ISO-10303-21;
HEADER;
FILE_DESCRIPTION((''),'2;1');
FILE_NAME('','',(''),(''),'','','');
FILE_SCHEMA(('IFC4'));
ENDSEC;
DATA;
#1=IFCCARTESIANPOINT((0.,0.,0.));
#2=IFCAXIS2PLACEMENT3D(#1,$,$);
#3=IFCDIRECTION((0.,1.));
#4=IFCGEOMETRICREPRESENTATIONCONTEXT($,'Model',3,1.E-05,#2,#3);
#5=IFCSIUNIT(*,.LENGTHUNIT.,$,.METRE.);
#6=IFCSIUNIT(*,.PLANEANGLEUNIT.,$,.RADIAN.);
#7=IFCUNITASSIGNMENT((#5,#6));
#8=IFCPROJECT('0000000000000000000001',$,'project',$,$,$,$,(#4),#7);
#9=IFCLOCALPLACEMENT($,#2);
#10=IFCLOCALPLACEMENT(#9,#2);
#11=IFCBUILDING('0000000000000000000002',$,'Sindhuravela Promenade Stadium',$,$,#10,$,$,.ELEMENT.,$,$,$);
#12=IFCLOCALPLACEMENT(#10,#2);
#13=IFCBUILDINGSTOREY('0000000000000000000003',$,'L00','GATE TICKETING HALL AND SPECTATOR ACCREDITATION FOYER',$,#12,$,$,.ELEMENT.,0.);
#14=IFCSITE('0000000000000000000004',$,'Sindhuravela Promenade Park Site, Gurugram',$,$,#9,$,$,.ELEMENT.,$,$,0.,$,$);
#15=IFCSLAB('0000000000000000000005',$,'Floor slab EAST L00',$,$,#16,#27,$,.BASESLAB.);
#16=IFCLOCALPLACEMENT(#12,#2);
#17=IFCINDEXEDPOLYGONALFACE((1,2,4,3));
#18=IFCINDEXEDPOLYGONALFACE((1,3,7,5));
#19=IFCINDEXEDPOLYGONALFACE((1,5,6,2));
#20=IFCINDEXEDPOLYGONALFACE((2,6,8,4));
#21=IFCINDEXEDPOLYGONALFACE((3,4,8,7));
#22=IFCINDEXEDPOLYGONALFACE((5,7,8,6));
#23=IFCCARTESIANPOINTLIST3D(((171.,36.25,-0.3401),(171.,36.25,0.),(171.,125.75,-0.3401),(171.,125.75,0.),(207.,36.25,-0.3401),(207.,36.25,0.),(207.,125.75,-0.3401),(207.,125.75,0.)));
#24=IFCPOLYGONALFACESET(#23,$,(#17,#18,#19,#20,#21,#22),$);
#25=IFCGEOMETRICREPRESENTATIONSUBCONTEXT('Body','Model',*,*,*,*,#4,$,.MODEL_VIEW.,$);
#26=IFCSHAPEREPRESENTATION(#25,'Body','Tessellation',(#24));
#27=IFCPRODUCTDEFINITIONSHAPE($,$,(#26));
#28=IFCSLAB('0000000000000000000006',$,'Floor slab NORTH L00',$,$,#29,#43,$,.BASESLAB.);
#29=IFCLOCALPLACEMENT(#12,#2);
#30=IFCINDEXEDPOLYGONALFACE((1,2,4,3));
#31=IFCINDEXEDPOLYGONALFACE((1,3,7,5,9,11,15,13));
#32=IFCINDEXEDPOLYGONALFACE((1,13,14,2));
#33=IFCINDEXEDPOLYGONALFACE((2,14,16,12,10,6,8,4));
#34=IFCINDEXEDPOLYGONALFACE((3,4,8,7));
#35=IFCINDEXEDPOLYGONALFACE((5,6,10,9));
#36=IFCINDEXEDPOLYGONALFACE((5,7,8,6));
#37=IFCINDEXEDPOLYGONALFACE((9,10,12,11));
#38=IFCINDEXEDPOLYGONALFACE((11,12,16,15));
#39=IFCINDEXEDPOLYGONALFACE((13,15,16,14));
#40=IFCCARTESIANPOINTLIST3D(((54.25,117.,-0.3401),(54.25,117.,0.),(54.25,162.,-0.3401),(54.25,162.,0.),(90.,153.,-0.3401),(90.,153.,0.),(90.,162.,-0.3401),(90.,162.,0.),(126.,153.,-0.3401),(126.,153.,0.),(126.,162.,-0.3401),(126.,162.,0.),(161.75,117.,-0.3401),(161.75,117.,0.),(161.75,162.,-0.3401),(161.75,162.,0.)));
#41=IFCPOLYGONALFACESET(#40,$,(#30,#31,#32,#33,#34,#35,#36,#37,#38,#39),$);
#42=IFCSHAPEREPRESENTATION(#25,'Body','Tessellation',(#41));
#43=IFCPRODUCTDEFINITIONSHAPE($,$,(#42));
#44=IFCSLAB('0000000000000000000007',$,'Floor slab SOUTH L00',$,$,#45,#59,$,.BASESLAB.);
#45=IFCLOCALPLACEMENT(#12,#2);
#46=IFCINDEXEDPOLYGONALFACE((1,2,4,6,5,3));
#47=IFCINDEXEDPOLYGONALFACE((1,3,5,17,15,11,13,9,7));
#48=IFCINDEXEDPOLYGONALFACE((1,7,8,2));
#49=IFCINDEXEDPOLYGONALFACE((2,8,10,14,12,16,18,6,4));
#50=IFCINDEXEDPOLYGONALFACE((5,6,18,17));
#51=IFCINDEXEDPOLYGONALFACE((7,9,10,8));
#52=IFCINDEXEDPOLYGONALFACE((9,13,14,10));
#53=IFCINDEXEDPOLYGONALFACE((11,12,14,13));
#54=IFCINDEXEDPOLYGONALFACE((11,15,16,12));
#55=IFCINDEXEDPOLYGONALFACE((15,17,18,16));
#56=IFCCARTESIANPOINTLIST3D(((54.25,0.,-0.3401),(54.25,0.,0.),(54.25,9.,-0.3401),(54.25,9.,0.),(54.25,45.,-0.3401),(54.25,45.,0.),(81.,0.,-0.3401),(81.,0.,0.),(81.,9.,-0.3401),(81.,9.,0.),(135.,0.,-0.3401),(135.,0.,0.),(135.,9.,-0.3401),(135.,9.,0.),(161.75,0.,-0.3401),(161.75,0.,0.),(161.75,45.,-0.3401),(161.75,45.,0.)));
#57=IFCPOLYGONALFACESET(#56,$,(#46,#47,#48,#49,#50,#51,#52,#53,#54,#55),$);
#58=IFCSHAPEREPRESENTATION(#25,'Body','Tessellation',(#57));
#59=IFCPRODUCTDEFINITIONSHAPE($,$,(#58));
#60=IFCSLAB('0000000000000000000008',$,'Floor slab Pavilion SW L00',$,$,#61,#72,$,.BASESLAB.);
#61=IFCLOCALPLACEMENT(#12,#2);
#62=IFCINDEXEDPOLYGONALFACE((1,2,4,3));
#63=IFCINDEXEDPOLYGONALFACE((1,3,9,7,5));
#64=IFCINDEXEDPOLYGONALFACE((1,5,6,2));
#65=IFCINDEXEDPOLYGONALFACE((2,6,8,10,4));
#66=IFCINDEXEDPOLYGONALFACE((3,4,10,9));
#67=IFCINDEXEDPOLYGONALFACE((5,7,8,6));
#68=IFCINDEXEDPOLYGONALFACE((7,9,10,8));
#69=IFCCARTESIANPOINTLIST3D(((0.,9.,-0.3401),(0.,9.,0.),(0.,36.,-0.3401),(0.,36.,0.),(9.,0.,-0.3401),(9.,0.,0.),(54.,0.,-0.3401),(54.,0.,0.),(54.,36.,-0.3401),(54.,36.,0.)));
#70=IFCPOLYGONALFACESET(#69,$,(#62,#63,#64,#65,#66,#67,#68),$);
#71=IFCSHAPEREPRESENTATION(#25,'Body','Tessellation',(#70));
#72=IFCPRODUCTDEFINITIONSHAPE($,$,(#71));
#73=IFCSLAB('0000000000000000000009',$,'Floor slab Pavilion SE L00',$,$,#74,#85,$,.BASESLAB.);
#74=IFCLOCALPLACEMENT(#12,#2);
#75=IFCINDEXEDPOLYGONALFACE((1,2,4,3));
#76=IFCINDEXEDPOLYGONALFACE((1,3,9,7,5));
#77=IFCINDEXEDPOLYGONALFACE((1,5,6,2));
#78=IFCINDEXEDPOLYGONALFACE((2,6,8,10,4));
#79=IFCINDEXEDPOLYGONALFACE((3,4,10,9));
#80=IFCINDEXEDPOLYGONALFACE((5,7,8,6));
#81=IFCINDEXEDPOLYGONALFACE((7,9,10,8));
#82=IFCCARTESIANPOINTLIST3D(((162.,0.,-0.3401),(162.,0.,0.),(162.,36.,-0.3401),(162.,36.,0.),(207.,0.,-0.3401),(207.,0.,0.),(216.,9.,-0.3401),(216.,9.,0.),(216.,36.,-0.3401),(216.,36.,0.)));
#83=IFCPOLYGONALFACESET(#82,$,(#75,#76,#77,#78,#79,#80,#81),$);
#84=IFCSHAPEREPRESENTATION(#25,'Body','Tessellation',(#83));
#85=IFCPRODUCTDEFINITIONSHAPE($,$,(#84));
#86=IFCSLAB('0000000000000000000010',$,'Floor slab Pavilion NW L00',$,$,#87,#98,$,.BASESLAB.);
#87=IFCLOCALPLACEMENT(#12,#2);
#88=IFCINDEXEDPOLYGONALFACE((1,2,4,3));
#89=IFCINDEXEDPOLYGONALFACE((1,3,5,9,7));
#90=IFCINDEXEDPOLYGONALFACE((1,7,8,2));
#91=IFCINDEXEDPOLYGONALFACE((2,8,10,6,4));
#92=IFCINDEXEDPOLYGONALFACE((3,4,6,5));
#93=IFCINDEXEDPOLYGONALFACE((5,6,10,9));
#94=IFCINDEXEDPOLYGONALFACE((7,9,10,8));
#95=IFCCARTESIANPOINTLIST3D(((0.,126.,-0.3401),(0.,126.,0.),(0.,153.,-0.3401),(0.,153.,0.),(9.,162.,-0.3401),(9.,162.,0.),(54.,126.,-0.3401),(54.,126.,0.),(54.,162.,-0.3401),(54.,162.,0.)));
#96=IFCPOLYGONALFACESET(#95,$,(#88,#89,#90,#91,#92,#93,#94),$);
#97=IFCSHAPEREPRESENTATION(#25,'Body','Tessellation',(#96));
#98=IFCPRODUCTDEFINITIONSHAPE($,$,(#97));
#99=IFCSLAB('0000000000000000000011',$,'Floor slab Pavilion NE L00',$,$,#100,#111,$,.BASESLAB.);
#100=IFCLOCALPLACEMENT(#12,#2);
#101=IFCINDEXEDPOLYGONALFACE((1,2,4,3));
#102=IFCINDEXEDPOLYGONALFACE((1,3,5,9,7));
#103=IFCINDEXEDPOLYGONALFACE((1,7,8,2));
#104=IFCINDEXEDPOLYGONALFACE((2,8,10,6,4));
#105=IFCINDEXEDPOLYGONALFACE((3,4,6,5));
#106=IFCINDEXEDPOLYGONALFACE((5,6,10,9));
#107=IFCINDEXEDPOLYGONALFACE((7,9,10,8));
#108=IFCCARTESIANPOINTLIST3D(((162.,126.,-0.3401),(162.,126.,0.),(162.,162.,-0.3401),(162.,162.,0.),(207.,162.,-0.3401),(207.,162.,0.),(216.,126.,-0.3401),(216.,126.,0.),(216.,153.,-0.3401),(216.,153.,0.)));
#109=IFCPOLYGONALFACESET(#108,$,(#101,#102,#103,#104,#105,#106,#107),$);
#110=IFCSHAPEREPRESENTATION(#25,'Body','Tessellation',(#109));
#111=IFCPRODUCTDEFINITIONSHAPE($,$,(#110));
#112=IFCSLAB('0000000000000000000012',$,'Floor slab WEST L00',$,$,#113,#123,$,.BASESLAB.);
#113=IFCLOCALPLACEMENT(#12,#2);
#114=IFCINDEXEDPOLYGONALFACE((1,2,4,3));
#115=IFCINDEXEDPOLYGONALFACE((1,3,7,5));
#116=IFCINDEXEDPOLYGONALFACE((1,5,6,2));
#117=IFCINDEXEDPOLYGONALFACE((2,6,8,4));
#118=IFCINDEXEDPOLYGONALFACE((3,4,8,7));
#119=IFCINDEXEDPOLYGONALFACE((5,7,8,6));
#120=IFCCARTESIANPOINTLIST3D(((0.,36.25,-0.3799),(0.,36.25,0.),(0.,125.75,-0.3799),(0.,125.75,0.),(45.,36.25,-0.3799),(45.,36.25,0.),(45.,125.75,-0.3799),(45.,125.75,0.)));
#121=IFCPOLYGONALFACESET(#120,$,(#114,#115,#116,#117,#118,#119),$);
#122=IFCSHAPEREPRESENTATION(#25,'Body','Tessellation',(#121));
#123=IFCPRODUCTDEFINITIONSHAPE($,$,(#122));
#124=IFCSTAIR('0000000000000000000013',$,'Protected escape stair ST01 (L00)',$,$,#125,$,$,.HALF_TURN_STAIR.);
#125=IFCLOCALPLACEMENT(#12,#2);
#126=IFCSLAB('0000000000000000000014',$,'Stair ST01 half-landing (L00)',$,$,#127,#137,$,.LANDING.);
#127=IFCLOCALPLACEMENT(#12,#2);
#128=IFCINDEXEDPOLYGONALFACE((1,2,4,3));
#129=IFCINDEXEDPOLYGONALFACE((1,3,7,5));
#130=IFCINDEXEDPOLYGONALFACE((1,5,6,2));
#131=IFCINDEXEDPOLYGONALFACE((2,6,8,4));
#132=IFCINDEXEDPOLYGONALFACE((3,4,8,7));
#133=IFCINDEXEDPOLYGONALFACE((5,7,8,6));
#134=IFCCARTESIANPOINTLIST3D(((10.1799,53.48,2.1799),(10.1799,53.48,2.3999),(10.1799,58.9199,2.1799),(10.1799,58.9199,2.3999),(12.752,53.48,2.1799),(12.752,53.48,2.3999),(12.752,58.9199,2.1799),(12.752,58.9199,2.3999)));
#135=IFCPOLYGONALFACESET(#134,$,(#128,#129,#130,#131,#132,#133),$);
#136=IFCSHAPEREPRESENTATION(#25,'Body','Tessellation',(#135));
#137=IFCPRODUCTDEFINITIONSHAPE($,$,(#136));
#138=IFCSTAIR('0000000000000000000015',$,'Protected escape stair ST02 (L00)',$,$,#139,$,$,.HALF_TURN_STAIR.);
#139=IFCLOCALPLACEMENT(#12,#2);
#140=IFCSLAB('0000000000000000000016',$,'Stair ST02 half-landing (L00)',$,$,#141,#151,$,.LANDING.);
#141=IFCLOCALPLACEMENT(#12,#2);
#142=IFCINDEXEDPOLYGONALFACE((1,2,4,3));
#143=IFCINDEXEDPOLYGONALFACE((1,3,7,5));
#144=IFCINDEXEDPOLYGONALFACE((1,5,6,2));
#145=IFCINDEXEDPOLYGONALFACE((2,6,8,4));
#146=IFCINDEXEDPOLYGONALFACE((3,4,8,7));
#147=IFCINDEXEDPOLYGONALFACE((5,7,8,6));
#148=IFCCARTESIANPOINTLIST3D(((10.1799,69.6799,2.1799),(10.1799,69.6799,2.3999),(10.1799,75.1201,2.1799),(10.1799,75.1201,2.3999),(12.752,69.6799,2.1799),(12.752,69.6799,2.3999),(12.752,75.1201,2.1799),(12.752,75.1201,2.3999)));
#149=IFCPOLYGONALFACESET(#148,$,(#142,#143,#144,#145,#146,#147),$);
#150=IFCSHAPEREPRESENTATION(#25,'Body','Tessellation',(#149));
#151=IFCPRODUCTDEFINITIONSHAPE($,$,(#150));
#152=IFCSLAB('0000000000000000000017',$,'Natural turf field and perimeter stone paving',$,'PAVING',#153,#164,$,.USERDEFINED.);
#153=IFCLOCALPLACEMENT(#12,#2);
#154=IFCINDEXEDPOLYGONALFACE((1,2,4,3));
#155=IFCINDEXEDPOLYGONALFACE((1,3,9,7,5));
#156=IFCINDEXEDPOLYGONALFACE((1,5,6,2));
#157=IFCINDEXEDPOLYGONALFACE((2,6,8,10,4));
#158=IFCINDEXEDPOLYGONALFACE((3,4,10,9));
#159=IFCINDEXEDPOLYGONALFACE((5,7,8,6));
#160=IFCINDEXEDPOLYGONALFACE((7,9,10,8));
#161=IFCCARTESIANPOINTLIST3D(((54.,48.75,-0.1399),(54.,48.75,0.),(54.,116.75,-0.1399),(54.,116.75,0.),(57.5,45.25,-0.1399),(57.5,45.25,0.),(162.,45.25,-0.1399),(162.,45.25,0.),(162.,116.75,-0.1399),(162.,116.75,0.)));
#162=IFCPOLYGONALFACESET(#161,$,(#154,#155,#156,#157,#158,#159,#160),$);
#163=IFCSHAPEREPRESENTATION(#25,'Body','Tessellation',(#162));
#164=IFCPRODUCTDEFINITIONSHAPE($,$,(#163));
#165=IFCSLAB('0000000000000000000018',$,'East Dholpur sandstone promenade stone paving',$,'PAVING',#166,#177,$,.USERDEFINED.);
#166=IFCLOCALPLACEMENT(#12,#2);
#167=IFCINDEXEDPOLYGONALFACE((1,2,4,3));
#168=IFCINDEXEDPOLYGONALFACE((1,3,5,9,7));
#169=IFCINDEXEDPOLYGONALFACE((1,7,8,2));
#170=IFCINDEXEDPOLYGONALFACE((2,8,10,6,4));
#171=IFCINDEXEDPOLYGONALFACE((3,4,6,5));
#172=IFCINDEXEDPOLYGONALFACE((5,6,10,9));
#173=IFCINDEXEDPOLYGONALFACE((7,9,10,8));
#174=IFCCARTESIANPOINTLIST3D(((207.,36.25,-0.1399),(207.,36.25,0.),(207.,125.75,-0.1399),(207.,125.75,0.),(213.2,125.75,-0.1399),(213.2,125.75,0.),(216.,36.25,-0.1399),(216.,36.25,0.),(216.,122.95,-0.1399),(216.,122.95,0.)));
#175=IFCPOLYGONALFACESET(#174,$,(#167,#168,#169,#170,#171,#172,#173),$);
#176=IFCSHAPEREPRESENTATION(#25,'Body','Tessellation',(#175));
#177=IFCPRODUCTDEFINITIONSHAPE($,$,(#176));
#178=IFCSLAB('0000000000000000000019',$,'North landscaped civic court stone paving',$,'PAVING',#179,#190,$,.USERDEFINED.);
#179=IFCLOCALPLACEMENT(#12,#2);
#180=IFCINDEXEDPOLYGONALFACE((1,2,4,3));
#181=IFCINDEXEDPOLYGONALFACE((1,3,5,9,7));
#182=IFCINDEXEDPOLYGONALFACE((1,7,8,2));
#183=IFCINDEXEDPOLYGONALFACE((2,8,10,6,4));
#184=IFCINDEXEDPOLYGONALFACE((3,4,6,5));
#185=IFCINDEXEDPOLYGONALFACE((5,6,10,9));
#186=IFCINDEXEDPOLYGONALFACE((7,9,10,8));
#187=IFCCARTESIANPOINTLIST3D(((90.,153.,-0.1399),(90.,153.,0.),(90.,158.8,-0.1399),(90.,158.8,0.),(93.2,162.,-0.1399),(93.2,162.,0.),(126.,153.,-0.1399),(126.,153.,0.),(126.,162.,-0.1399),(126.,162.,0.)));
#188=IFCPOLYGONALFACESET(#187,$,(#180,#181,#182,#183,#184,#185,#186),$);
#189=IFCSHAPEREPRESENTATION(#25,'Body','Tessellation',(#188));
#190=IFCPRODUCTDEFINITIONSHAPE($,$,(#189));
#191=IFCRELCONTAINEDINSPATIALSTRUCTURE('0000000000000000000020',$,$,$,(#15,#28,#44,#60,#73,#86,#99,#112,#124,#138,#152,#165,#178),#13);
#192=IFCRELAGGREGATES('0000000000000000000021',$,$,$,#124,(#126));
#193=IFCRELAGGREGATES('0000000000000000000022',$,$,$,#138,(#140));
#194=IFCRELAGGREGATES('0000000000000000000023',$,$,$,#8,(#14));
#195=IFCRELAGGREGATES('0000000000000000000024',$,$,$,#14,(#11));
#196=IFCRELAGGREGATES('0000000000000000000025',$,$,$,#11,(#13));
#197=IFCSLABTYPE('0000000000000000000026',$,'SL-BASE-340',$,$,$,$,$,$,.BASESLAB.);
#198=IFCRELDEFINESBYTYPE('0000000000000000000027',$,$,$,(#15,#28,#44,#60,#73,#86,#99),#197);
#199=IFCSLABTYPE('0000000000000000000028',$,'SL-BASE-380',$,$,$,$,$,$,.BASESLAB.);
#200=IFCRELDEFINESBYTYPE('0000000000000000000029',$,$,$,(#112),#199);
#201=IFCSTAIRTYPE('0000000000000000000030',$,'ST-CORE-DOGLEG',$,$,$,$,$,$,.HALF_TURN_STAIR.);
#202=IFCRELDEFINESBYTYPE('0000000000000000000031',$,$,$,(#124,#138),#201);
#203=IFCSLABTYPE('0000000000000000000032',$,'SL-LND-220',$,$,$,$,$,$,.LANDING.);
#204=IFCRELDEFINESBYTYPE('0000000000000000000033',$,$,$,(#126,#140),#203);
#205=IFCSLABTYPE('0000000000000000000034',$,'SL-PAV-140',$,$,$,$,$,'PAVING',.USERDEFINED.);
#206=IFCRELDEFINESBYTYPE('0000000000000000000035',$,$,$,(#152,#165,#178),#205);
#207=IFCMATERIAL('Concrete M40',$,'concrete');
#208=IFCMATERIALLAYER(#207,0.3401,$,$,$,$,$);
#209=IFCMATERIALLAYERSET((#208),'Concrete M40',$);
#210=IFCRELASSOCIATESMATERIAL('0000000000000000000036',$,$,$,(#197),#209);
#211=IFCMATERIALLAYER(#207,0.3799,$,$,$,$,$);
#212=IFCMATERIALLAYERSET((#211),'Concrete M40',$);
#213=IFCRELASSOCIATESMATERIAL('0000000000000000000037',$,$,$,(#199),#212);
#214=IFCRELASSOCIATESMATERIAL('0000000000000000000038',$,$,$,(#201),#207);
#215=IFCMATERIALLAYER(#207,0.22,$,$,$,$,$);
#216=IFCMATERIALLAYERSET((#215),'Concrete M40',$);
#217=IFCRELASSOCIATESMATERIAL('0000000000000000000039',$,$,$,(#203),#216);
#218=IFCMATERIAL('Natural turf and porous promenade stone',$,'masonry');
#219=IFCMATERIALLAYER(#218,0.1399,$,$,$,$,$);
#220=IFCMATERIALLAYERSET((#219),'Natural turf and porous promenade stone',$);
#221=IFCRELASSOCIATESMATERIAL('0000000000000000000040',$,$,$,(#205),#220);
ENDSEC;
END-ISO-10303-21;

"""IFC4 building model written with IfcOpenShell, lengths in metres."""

from ifc_helpers import new_model, si_unit, direction, frame, origin, place, context, subcontext, project, spatial, polyline, outline, extrude, material, layer, layer_set, type_object, element, aggregate, save


model = new_model("IFC4")

# Units and contexts
model_context = context("Model", 3, precision=1e-05, world=origin(), true_north=direction((0.0, 1.0)))
body_context = subcontext(model_context, "Body", "Model", "MODEL_VIEW")
ifc_project = project(units=[si_unit("LENGTHUNIT", "METRE"), si_unit("PLANEANGLEUNIT", "RADIAN")], contexts=[model_context])

# Site, building, storey
site_placement = place(None, origin())
site = spatial("IfcSite", under=ifc_project, at=site_placement, Name="Sindhuravela Promenade Park Site, Gurugram", CompositionType="ELEMENT", RefElevation=0.0)
building_placement = place(site_placement, origin())
building = spatial("IfcBuilding", under=site, at=building_placement, Name="Sindhuravela Promenade Stadium", CompositionType="ELEMENT")
storey_placement = place(building_placement, origin())
storey = spatial("IfcBuildingStorey", under=building, at=storey_placement, Name="L00", Description="GATE TICKETING HALL AND SPECTATOR ACCREDITATION FOYER", CompositionType="ELEMENT", Elevation=0.0)

# Slabs
ifc_material_1 = material(Name="Concrete M40", Category="concrete")
ifc_layer_1 = layer(ifc_material_1, 0.3401)
ifc_layer_set_1 = layer_set([ifc_layer_1], Name="Concrete M40")
slab_type_1 = type_object("IfcSlabType", Name="SL-BASE-340", PredefinedType="BASESLAB", material=ifc_layer_set_1)
slab_1_placement = place(storey_placement, frame((0.0, 0.0, -0.3401)))
element("IfcSlab", 1, at=slab_1_placement, inside=storey, type_object=slab_type_1, Name="Floor slab EAST L00", PredefinedType="BASESLAB", context=body_context, shape_type="SweptSolid", body=[
    extrude(outline(polyline([(171.0, 36.25), (207.0, 36.25), (207.0, 125.75), (171.0, 125.75), (171.0, 36.25)])), origin(), (0.0, 0.0, 1.0), 0.3401),
])
slab_2_placement = place(storey_placement, frame((0.0, 0.0, -0.3401)))
element("IfcSlab", 2, at=slab_2_placement, inside=storey, type_object=slab_type_1, Name="Floor slab NORTH L00", PredefinedType="BASESLAB", context=body_context, shape_type="SweptSolid", body=[
    extrude(outline(polyline([(54.25, 117.0), (161.75, 117.0), (161.75, 162.0), (126.0, 162.0), (126.0, 153.0), (90.0, 153.0), (90.0, 162.0), (54.25, 162.0), (54.25, 117.0)])), origin(), (0.0, 0.0, 1.0), 0.3401),
])
slab_3_placement = place(storey_placement, frame((0.0, 0.0, -0.3401)))
element("IfcSlab", 3, at=slab_3_placement, inside=storey, type_object=slab_type_1, Name="Floor slab SOUTH L00", PredefinedType="BASESLAB", context=body_context, shape_type="SweptSolid", body=[
    extrude(outline(polyline([(54.25, 9.0), (54.25, 0.0), (81.0, 0.0), (81.0, 9.0), (135.0, 9.0), (135.0, 0.0), (161.75, 0.0), (161.75, 45.0), (54.25, 45.0), (54.25, 9.0)])), origin(), (0.0, 0.0, 1.0), 0.3401),
])
slab_4_placement = place(storey_placement, frame((0.0, 0.0, -0.3401)))
element("IfcSlab", 4, at=slab_4_placement, inside=storey, type_object=slab_type_1, Name="Floor slab Pavilion SW L00", PredefinedType="BASESLAB", context=body_context, shape_type="SweptSolid", body=[
    extrude(outline(polyline([(9.0, 0.0), (54.0, 0.0), (54.0, 36.0), (0.0, 36.0), (0.0, 9.0), (9.0, 0.0)])), origin(), (0.0, 0.0, 1.0), 0.3401),
])
slab_5_placement = place(storey_placement, frame((0.0, 0.0, -0.3401)))
element("IfcSlab", 5, at=slab_5_placement, inside=storey, type_object=slab_type_1, Name="Floor slab Pavilion SE L00", PredefinedType="BASESLAB", context=body_context, shape_type="SweptSolid", body=[
    extrude(outline(polyline([(162.0, 0.0), (207.0, 0.0), (216.0, 9.0), (216.0, 36.0), (162.0, 36.0), (162.0, 0.0)])), origin(), (0.0, 0.0, 1.0), 0.3401),
])
slab_6_placement = place(storey_placement, frame((0.0, 0.0, -0.3401)))
element("IfcSlab", 6, at=slab_6_placement, inside=storey, type_object=slab_type_1, Name="Floor slab Pavilion NW L00", PredefinedType="BASESLAB", context=body_context, shape_type="SweptSolid", body=[
    extrude(outline(polyline([(0.0, 126.0), (54.0, 126.0), (54.0, 162.0), (9.0, 162.0), (0.0, 153.0), (0.0, 126.0)])), origin(), (0.0, 0.0, 1.0), 0.3401),
])
slab_7_placement = place(storey_placement, frame((0.0, 0.0, -0.3401)))
element("IfcSlab", 7, at=slab_7_placement, inside=storey, type_object=slab_type_1, Name="Floor slab Pavilion NE L00", PredefinedType="BASESLAB", context=body_context, shape_type="SweptSolid", body=[
    extrude(outline(polyline([(162.0, 126.0), (216.0, 126.0), (216.0, 153.0), (207.0, 162.0), (162.0, 162.0), (162.0, 126.0)])), origin(), (0.0, 0.0, 1.0), 0.3401),
])
ifc_layer_2 = layer(ifc_material_1, 0.3799)
ifc_layer_set_2 = layer_set([ifc_layer_2], Name="Concrete M40")
slab_type_2 = type_object("IfcSlabType", Name="SL-BASE-380", PredefinedType="BASESLAB", material=ifc_layer_set_2)
slab_8_placement = place(storey_placement, frame((0.0, 0.0, -0.3799)))
element("IfcSlab", 8, at=slab_8_placement, inside=storey, type_object=slab_type_2, Name="Floor slab WEST L00", PredefinedType="BASESLAB", context=body_context, shape_type="SweptSolid", body=[
    extrude(outline(polyline([(0.0, 36.25), (45.0, 36.25), (45.0, 125.75), (0.0, 125.75), (0.0, 36.25)])), origin(), (0.0, 0.0, 1.0), 0.3799),
])

# Stairs, slabs
stair_type = type_object("IfcStairType", Name="ST-CORE-DOGLEG", PredefinedType="HALF_TURN_STAIR", material=ifc_material_1)
stair_1_placement = place(storey_placement, origin())
stair_1 = element("IfcStair", 9, at=stair_1_placement, inside=storey, type_object=stair_type, Name="Protected escape stair ST01 (L00)", PredefinedType="HALF_TURN_STAIR")
ifc_layer_3 = layer(ifc_material_1, 0.22)
ifc_layer_set_3 = layer_set([ifc_layer_3], Name="Concrete M40")
slab_type_3 = type_object("IfcSlabType", Name="SL-LND-220", PredefinedType="LANDING", material=ifc_layer_set_3)
slab_9_placement = place(storey_placement, frame((0.0, 0.0, 2.1799)))
slab_9 = element("IfcSlab", 10, at=slab_9_placement, type_object=slab_type_3, Name="Stair ST01 half-landing (L00)", PredefinedType="LANDING", context=body_context, shape_type="SweptSolid", body=[
    extrude(outline(polyline([(10.1799, 53.48), (12.752, 53.48), (12.752, 58.9199), (10.1799, 58.9199), (10.1799, 53.48)])), origin(), (0.0, 0.0, 1.0), 0.22),
])
aggregate(stair_1, [slab_9])
stair_2_placement = place(storey_placement, origin())
stair_2 = element("IfcStair", 11, at=stair_2_placement, inside=storey, type_object=stair_type, Name="Protected escape stair ST02 (L00)", PredefinedType="HALF_TURN_STAIR")
slab_10_placement = place(storey_placement, frame((0.0, 0.0, 2.1799)))
slab_10 = element("IfcSlab", 12, at=slab_10_placement, type_object=slab_type_3, Name="Stair ST02 half-landing (L00)", PredefinedType="LANDING", context=body_context, shape_type="SweptSolid", body=[
    extrude(outline(polyline([(10.1799, 69.6799), (12.752, 69.6799), (12.752, 75.1201), (10.1799, 75.1201), (10.1799, 69.6799)])), origin(), (0.0, 0.0, 1.0), 0.22),
])
aggregate(stair_2, [slab_10])

# Slabs
ifc_material_2 = material(Name="Natural turf and porous promenade stone", Category="masonry")
ifc_layer_4 = layer(ifc_material_2, 0.1399)
ifc_layer_set_4 = layer_set([ifc_layer_4], Name="Natural turf and porous promenade stone")
slab_type_4 = type_object("IfcSlabType", Name="SL-PAV-140", ElementType="PAVING", PredefinedType="USERDEFINED", material=ifc_layer_set_4)
slab_11_placement = place(storey_placement, frame((0.0, 0.0, -0.1399)))
element("IfcSlab", 13, at=slab_11_placement, inside=storey, type_object=slab_type_4, Name="Natural turf field and perimeter stone paving", ObjectType="PAVING", PredefinedType="USERDEFINED", context=body_context, shape_type="SweptSolid", body=[
    extrude(outline(polyline([(57.5, 45.25), (162.0, 45.25), (162.0, 116.75), (54.0, 116.75), (54.0, 48.75), (57.5, 45.25)])), origin(), (0.0, 0.0, 1.0), 0.1399),
])
slab_12_placement = place(storey_placement, frame((0.0, 0.0, -0.1399)))
element("IfcSlab", 14, at=slab_12_placement, inside=storey, type_object=slab_type_4, Name="East Dholpur sandstone promenade stone paving", ObjectType="PAVING", PredefinedType="USERDEFINED", context=body_context, shape_type="SweptSolid", body=[
    extrude(outline(polyline([(207.0, 36.25), (216.0, 36.25), (216.0, 122.95), (213.2, 125.75), (207.0, 125.75), (207.0, 36.25)])), origin(), (0.0, 0.0, 1.0), 0.1399),
])
slab_13_placement = place(storey_placement, frame((0.0, 0.0, -0.1399)))
element("IfcSlab", 15, at=slab_13_placement, inside=storey, type_object=slab_type_4, Name="North landscaped civic court stone paving", ObjectType="PAVING", PredefinedType="USERDEFINED", context=body_context, shape_type="SweptSolid", body=[
    extrude(outline(polyline([(90.0, 153.0), (126.0, 153.0), (126.0, 162.0), (93.2, 162.0), (90.0, 158.8), (90.0, 153.0)])), origin(), (0.0, 0.0, 1.0), 0.1399),
])

save(model, "model.ifc")
